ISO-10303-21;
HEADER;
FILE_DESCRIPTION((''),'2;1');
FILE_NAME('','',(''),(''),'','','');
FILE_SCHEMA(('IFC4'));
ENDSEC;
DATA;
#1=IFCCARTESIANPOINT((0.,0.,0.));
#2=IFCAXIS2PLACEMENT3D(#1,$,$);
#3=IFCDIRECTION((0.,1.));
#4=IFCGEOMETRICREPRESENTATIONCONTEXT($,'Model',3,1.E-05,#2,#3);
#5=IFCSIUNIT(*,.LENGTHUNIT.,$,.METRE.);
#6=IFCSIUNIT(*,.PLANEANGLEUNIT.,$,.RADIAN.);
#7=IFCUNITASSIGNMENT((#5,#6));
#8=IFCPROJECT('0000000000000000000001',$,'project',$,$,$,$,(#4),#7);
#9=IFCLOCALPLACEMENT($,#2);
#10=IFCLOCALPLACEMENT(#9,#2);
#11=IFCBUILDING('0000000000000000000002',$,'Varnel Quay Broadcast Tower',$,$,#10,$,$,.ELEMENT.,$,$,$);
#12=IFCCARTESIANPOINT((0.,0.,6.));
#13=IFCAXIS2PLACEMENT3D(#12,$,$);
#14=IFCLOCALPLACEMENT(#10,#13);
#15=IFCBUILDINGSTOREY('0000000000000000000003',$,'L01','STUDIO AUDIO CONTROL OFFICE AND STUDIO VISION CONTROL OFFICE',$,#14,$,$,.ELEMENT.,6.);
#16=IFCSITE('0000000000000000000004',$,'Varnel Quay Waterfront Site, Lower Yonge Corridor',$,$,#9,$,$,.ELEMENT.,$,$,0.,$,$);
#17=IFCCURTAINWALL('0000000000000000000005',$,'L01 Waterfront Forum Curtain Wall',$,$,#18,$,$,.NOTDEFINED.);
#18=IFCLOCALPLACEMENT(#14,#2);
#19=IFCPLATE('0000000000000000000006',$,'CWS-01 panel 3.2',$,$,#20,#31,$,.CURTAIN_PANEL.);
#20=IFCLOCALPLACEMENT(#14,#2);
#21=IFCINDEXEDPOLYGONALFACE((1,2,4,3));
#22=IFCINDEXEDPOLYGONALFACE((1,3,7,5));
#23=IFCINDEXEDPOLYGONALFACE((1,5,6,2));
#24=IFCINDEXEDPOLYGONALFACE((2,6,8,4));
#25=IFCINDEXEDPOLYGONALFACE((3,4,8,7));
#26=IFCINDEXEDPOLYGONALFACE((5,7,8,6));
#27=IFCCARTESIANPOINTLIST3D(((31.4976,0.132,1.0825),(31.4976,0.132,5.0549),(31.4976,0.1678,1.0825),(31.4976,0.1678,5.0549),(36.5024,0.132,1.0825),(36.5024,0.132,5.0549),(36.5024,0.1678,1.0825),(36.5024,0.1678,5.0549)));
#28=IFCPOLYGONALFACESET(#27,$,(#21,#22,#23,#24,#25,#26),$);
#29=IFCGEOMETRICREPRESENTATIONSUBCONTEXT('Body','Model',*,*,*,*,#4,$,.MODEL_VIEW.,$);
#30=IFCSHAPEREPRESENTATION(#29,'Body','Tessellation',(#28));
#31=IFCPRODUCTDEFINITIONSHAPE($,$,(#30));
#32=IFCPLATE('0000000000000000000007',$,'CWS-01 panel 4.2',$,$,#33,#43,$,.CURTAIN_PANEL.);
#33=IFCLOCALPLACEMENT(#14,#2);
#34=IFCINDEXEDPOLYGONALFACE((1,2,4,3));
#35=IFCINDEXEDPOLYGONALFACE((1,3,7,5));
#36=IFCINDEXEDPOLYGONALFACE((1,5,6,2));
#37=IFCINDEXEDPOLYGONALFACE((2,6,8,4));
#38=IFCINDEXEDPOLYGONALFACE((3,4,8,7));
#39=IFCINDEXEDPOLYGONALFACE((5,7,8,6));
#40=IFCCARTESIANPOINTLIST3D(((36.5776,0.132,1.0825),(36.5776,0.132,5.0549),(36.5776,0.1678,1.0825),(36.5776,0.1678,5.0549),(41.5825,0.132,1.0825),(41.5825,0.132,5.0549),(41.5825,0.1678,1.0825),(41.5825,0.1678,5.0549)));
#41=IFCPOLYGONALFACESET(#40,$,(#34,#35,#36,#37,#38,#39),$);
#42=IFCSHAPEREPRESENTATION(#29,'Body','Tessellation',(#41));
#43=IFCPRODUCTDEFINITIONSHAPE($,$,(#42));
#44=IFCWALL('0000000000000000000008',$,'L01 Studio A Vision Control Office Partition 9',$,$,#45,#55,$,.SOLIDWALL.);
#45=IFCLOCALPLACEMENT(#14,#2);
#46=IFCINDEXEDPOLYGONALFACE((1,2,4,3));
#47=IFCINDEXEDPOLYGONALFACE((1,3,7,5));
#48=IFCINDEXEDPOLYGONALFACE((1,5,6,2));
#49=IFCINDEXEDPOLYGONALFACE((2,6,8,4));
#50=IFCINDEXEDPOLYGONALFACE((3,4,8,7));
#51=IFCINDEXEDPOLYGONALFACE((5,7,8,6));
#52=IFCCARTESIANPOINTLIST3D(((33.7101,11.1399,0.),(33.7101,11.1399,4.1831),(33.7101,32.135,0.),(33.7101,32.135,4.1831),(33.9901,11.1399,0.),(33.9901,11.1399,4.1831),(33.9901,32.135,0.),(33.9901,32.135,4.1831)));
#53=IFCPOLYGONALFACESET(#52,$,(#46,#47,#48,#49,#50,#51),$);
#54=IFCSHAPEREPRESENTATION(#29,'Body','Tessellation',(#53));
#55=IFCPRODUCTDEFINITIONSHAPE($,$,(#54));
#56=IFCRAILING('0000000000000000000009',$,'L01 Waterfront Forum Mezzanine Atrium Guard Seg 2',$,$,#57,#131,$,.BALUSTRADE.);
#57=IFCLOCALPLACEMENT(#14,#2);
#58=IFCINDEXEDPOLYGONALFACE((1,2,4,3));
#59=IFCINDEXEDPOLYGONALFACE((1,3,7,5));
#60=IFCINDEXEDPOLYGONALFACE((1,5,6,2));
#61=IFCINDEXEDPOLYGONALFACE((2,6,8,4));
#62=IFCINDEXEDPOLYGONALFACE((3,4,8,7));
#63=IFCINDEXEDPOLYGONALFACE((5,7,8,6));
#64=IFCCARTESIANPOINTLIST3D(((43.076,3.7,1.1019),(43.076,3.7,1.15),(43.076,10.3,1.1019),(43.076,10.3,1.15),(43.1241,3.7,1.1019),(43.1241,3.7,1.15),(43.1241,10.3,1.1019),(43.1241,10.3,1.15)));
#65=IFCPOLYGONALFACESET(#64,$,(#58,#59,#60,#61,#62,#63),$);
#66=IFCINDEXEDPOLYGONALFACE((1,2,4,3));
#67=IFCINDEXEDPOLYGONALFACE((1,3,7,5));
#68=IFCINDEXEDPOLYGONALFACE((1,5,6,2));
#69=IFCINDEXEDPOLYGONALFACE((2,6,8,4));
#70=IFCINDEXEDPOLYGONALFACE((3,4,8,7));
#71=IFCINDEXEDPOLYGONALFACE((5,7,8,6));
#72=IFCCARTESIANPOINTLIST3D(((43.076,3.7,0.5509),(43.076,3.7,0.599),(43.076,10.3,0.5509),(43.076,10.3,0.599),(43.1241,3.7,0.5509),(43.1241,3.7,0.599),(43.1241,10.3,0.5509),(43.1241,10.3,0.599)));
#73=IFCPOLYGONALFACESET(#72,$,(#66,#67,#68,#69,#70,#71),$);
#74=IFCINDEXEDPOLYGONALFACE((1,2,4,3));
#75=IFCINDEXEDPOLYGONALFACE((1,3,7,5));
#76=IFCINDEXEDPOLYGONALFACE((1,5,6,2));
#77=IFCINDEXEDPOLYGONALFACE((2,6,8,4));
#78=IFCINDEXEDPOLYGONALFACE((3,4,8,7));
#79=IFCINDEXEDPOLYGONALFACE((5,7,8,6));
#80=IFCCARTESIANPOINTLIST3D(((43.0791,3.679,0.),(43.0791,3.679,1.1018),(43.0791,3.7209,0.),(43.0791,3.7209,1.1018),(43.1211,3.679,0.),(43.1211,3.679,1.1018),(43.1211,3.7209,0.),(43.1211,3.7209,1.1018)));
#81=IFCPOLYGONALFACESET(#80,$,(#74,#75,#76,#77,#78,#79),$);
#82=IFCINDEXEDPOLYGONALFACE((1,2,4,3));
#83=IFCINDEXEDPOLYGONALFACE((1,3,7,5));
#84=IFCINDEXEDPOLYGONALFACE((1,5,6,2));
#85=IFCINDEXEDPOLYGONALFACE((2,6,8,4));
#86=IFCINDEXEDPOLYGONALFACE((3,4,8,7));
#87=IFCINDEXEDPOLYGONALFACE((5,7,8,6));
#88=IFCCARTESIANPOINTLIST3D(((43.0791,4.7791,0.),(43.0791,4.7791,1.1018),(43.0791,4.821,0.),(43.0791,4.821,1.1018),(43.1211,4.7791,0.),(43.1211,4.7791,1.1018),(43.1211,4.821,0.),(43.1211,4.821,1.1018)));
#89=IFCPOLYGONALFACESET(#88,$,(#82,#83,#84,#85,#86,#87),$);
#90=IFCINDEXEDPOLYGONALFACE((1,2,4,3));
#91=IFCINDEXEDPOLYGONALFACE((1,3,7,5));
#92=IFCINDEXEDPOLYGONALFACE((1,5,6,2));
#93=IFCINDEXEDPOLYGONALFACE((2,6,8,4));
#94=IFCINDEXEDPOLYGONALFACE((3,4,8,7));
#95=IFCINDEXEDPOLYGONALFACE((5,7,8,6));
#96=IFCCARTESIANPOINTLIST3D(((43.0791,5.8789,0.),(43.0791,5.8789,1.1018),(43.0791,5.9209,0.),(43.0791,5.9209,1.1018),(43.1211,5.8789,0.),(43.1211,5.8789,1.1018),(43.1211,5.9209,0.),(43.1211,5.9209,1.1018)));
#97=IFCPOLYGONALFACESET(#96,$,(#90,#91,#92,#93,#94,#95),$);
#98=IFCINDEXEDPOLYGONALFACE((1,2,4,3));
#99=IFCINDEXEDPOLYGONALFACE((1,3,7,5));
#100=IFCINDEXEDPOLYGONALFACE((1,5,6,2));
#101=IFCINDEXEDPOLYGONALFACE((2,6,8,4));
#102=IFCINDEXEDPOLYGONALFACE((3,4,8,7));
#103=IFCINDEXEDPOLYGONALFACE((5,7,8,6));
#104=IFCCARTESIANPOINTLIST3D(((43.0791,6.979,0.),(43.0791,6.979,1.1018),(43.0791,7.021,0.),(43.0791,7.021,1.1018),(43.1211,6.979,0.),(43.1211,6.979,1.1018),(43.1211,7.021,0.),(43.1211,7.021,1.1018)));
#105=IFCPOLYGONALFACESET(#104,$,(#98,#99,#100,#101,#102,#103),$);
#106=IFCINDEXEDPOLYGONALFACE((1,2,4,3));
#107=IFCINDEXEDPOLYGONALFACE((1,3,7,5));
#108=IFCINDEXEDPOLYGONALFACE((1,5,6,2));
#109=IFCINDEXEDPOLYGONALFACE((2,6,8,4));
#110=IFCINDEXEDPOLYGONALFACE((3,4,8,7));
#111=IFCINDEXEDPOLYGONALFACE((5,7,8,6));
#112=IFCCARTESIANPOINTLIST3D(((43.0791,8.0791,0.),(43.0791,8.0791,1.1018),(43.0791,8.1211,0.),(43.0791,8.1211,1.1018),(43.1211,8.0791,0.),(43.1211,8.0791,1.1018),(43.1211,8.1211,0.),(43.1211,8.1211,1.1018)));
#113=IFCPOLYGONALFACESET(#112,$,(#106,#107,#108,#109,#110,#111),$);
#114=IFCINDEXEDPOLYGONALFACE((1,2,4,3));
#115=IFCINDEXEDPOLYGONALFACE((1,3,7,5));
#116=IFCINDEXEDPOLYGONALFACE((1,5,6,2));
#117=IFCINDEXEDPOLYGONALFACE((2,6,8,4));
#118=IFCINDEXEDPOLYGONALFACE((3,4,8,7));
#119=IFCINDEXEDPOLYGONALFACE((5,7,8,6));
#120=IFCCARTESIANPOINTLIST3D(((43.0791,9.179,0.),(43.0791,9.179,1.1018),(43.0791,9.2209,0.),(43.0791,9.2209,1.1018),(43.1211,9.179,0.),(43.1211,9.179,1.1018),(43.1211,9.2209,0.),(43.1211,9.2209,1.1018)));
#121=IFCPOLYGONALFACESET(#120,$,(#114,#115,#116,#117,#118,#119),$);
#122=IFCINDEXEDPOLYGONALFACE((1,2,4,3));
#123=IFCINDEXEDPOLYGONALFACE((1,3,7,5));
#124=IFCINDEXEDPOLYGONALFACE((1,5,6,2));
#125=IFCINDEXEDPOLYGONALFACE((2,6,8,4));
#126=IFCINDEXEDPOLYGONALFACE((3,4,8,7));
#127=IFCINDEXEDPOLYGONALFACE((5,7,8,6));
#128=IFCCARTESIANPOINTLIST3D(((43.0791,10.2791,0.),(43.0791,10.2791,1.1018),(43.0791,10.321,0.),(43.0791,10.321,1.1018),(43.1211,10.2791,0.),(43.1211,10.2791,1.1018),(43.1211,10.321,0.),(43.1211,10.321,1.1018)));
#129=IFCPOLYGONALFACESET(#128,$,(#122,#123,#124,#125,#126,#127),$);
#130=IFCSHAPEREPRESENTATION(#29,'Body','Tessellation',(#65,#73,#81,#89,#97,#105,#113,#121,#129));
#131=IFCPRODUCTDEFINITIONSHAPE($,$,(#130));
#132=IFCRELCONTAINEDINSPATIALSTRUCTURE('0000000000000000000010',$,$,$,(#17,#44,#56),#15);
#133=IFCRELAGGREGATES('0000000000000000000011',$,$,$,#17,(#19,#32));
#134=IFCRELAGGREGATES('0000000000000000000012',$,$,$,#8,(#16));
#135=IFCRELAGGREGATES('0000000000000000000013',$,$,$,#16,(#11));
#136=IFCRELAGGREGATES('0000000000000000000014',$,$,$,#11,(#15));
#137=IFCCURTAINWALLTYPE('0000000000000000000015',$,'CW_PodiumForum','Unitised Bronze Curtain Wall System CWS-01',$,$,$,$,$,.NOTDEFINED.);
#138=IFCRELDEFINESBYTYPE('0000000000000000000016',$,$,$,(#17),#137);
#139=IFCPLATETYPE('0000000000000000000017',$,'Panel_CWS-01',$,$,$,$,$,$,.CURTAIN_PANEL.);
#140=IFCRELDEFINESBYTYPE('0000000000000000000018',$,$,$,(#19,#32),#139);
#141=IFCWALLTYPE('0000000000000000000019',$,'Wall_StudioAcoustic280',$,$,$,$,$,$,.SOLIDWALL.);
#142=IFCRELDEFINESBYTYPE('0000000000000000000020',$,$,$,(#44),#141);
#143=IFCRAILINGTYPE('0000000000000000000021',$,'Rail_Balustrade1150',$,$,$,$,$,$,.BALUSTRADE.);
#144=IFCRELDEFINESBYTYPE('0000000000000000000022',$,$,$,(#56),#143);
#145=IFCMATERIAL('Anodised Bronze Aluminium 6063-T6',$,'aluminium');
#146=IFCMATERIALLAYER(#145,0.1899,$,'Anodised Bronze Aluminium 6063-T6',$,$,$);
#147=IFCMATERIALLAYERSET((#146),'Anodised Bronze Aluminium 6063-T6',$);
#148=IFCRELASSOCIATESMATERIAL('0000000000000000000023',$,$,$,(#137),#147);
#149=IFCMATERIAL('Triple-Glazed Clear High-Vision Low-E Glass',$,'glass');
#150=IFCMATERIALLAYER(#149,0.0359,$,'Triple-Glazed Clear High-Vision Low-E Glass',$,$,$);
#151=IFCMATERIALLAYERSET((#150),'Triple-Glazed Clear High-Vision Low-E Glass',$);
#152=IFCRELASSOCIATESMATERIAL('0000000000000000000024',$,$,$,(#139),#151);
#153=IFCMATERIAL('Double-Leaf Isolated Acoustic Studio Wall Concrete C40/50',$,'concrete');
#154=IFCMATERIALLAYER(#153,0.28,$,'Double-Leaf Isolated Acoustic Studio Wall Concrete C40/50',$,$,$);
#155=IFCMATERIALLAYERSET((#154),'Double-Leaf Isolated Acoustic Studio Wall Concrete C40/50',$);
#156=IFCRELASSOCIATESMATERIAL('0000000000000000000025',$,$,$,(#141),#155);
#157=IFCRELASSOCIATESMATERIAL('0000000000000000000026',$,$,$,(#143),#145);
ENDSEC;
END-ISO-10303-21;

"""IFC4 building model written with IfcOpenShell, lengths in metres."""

from ifc_helpers import new_model, si_unit, direction, frame, frame_2d, origin, origin_2d, place, context, subcontext, project, spatial, rectangle, extrude, source, transform, mapped, material, layer, layer_set, type_object, element, aggregate, save


model = new_model("IFC4")

# Units and contexts
model_context = context("Model", 3, precision=1e-05, world=origin(), true_north=direction((0.0, 1.0)))
body_context = subcontext(model_context, "Body", "Model", "MODEL_VIEW")
ifc_project = project(units=[si_unit("LENGTHUNIT", "METRE"), si_unit("PLANEANGLEUNIT", "RADIAN")], contexts=[model_context])

# Site, building, storey
site_placement = place(None, origin())
site = spatial("IfcSite", under=ifc_project, at=site_placement, Name="Varnel Quay Waterfront Site, Lower Yonge Corridor", CompositionType="ELEMENT", RefElevation=0.0)
building_placement = place(site_placement, origin())
building = spatial("IfcBuilding", under=site, at=building_placement, Name="Varnel Quay Broadcast Tower", CompositionType="ELEMENT")
storey_placement = place(building_placement, frame((0.0, 0.0, 6.0)))
storey = spatial("IfcBuildingStorey", under=building, at=storey_placement, Name="L01", Description="STUDIO AUDIO CONTROL OFFICE AND STUDIO VISION CONTROL OFFICE", CompositionType="ELEMENT", Elevation=6.0)

# Curtain wall, plates
ifc_material_1 = material(Name="Anodised Bronze Aluminium 6063-T6", Category="aluminium")
ifc_layer_1 = layer(ifc_material_1, 0.1899, Name="Anodised Bronze Aluminium 6063-T6")
ifc_layer_set_1 = layer_set([ifc_layer_1], Name="Anodised Bronze Aluminium 6063-T6")
curtain_wall_type = type_object("IfcCurtainWallType", Name="CW_PodiumForum", Description="Unitised Bronze Curtain Wall System CWS-01", PredefinedType="NOTDEFINED", material=ifc_layer_set_1)
curtain_wall_placement = place(storey_placement, origin())
curtain_wall = element("IfcCurtainWall", 1, at=curtain_wall_placement, inside=storey, type_object=curtain_wall_type, Name="L01 Waterfront Forum Curtain Wall", PredefinedType="NOTDEFINED")
ifc_material_2 = material(Name="Triple-Glazed Clear High-Vision Low-E Glass", Category="glass")
ifc_layer_2 = layer(ifc_material_2, 0.0359, Name="Triple-Glazed Clear High-Vision Low-E Glass")
ifc_layer_set_2 = layer_set([ifc_layer_2], Name="Triple-Glazed Clear High-Vision Low-E Glass")
plate_type = type_object("IfcPlateType", Name="Panel_CWS-01", PredefinedType="CURTAIN_PANEL", material=ifc_layer_set_2)
shared_shape_1 = source(origin(), body_context, "Body", "SweptSolid", [
    extrude(rectangle(XDim=5.0049, YDim=0.0359, at=origin_2d()), origin(), (0.0, 0.0, 1.0), 3.9724),
])
plate_1_placement = place(storey_placement, frame((34.0, 0.1499, 1.0825), z_axis=(0.0, 0.0, 1.0), x_axis=(1.0, 0.0, 0.0)))
plate_1 = element("IfcPlate", 2, at=plate_1_placement, type_object=plate_type, Name="CWS-01 panel 3.2", PredefinedType="CURTAIN_PANEL", context=body_context, shape_type="MappedRepresentation", body=[
    mapped(shared_shape_1, transform((0.0, 0.0, 0.0), x_axis=(1.0, 0.0, 0.0), y_axis=(0.0, 1.0, 0.0), z_axis=(0.0, 0.0, 1.0), scale=1.0)),
])
plate_2_placement = place(storey_placement, frame((39.0801, 0.1499, 1.0825), z_axis=(0.0, 0.0, 1.0), x_axis=(1.0, 0.0, 0.0)))
plate_2 = element("IfcPlate", 3, at=plate_2_placement, type_object=plate_type, Name="CWS-01 panel 4.2", PredefinedType="CURTAIN_PANEL", context=body_context, shape_type="MappedRepresentation", body=[
    mapped(shared_shape_1, transform((0.0, 0.0, 0.0), x_axis=(1.0, 0.0, 0.0), y_axis=(0.0, 1.0, 0.0), z_axis=(0.0, 0.0, 1.0), scale=1.0)),
])
aggregate(curtain_wall, [plate_1, plate_2])

# Wall
ifc_material_3 = material(Name="Double-Leaf Isolated Acoustic Studio Wall Concrete C40/50", Category="concrete")
ifc_layer_3 = layer(ifc_material_3, 0.28, Name="Double-Leaf Isolated Acoustic Studio Wall Concrete C40/50")
ifc_layer_set_3 = layer_set([ifc_layer_3], Name="Double-Leaf Isolated Acoustic Studio Wall Concrete C40/50")
wall_type = type_object("IfcWallType", Name="Wall_StudioAcoustic280", PredefinedType="SOLIDWALL", material=ifc_layer_set_3)
wall_placement = place(storey_placement, frame((33.8501, 11.1399, 0.0), z_axis=(0.0, 0.0, 1.0), x_axis=(0.0, 1.0, 0.0)))
element("IfcWall", 4, at=wall_placement, inside=storey, type_object=wall_type, Name="L01 Studio A Vision Control Office Partition 9", PredefinedType="SOLIDWALL", context=body_context, shape_type="SweptSolid", body=[
    extrude(rectangle(XDim=20.9951, YDim=0.28, at=frame_2d((10.4976, 0.0))), origin(), (0.0, 0.0, 1.0), 4.1831),
])

# Railing
railing_type = type_object("IfcRailingType", Name="Rail_Balustrade1150", PredefinedType="BALUSTRADE", material=ifc_material_1)
railing_1_placement = place(storey_placement, frame((43.1001, 3.7, 0.0)))
element("IfcRailing", 5, at=railing_1_placement, inside=storey, type_object=railing_type, Name="L01 Waterfront Forum Mezzanine Atrium Guard Seg 2", PredefinedType="BALUSTRADE", context=body_context, shape_type="SweptSolid", body=[
    extrude(rectangle(XDim=0.0481, YDim=0.0481, at=origin_2d()), frame((0.0, 0.0, 1.126), z_axis=(0.0, 1.0, 0.0), x_axis=(-1.0, 0.0, 0.0)), (0.0, 0.0, 1.0), 6.6001),
    extrude(rectangle(XDim=0.0481, YDim=0.0481, at=origin_2d()), frame((0.0, 0.0, 0.575), z_axis=(0.0, 1.0, 0.0), x_axis=(-1.0, 0.0, 0.0)), (0.0, 0.0, 1.0), 6.6001),
    extrude(rectangle(XDim=0.042, YDim=0.042, at=origin_2d()), origin(), (0.0, 0.0, 1.0), 1.1018),
    extrude(rectangle(XDim=0.042, YDim=0.042, at=origin_2d()), frame((0.0, 1.1001, 0.0)), (0.0, 0.0, 1.0), 1.1018),
    extrude(rectangle(XDim=0.042, YDim=0.042, at=origin_2d()), frame((0.0, 2.2, 0.0)), (0.0, 0.0, 1.0), 1.1018),
    extrude(rectangle(XDim=0.042, YDim=0.042, at=origin_2d()), frame((0.0, 3.3, 0.0)), (0.0, 0.0, 1.0), 1.1018),
    extrude(rectangle(XDim=0.042, YDim=0.042, at=origin_2d()), frame((0.0, 4.4001, 0.0)), (0.0, 0.0, 1.0), 1.1018),
    extrude(rectangle(XDim=0.042, YDim=0.042, at=origin_2d()), frame((0.0, 5.5, 0.0)), (0.0, 0.0, 1.0), 1.1018),
    extrude(rectangle(XDim=0.042, YDim=0.042, at=origin_2d()), frame((0.0, 6.6001, 0.0)), (0.0, 0.0, 1.0), 1.1018),
])

save(model, "model.ifc")
